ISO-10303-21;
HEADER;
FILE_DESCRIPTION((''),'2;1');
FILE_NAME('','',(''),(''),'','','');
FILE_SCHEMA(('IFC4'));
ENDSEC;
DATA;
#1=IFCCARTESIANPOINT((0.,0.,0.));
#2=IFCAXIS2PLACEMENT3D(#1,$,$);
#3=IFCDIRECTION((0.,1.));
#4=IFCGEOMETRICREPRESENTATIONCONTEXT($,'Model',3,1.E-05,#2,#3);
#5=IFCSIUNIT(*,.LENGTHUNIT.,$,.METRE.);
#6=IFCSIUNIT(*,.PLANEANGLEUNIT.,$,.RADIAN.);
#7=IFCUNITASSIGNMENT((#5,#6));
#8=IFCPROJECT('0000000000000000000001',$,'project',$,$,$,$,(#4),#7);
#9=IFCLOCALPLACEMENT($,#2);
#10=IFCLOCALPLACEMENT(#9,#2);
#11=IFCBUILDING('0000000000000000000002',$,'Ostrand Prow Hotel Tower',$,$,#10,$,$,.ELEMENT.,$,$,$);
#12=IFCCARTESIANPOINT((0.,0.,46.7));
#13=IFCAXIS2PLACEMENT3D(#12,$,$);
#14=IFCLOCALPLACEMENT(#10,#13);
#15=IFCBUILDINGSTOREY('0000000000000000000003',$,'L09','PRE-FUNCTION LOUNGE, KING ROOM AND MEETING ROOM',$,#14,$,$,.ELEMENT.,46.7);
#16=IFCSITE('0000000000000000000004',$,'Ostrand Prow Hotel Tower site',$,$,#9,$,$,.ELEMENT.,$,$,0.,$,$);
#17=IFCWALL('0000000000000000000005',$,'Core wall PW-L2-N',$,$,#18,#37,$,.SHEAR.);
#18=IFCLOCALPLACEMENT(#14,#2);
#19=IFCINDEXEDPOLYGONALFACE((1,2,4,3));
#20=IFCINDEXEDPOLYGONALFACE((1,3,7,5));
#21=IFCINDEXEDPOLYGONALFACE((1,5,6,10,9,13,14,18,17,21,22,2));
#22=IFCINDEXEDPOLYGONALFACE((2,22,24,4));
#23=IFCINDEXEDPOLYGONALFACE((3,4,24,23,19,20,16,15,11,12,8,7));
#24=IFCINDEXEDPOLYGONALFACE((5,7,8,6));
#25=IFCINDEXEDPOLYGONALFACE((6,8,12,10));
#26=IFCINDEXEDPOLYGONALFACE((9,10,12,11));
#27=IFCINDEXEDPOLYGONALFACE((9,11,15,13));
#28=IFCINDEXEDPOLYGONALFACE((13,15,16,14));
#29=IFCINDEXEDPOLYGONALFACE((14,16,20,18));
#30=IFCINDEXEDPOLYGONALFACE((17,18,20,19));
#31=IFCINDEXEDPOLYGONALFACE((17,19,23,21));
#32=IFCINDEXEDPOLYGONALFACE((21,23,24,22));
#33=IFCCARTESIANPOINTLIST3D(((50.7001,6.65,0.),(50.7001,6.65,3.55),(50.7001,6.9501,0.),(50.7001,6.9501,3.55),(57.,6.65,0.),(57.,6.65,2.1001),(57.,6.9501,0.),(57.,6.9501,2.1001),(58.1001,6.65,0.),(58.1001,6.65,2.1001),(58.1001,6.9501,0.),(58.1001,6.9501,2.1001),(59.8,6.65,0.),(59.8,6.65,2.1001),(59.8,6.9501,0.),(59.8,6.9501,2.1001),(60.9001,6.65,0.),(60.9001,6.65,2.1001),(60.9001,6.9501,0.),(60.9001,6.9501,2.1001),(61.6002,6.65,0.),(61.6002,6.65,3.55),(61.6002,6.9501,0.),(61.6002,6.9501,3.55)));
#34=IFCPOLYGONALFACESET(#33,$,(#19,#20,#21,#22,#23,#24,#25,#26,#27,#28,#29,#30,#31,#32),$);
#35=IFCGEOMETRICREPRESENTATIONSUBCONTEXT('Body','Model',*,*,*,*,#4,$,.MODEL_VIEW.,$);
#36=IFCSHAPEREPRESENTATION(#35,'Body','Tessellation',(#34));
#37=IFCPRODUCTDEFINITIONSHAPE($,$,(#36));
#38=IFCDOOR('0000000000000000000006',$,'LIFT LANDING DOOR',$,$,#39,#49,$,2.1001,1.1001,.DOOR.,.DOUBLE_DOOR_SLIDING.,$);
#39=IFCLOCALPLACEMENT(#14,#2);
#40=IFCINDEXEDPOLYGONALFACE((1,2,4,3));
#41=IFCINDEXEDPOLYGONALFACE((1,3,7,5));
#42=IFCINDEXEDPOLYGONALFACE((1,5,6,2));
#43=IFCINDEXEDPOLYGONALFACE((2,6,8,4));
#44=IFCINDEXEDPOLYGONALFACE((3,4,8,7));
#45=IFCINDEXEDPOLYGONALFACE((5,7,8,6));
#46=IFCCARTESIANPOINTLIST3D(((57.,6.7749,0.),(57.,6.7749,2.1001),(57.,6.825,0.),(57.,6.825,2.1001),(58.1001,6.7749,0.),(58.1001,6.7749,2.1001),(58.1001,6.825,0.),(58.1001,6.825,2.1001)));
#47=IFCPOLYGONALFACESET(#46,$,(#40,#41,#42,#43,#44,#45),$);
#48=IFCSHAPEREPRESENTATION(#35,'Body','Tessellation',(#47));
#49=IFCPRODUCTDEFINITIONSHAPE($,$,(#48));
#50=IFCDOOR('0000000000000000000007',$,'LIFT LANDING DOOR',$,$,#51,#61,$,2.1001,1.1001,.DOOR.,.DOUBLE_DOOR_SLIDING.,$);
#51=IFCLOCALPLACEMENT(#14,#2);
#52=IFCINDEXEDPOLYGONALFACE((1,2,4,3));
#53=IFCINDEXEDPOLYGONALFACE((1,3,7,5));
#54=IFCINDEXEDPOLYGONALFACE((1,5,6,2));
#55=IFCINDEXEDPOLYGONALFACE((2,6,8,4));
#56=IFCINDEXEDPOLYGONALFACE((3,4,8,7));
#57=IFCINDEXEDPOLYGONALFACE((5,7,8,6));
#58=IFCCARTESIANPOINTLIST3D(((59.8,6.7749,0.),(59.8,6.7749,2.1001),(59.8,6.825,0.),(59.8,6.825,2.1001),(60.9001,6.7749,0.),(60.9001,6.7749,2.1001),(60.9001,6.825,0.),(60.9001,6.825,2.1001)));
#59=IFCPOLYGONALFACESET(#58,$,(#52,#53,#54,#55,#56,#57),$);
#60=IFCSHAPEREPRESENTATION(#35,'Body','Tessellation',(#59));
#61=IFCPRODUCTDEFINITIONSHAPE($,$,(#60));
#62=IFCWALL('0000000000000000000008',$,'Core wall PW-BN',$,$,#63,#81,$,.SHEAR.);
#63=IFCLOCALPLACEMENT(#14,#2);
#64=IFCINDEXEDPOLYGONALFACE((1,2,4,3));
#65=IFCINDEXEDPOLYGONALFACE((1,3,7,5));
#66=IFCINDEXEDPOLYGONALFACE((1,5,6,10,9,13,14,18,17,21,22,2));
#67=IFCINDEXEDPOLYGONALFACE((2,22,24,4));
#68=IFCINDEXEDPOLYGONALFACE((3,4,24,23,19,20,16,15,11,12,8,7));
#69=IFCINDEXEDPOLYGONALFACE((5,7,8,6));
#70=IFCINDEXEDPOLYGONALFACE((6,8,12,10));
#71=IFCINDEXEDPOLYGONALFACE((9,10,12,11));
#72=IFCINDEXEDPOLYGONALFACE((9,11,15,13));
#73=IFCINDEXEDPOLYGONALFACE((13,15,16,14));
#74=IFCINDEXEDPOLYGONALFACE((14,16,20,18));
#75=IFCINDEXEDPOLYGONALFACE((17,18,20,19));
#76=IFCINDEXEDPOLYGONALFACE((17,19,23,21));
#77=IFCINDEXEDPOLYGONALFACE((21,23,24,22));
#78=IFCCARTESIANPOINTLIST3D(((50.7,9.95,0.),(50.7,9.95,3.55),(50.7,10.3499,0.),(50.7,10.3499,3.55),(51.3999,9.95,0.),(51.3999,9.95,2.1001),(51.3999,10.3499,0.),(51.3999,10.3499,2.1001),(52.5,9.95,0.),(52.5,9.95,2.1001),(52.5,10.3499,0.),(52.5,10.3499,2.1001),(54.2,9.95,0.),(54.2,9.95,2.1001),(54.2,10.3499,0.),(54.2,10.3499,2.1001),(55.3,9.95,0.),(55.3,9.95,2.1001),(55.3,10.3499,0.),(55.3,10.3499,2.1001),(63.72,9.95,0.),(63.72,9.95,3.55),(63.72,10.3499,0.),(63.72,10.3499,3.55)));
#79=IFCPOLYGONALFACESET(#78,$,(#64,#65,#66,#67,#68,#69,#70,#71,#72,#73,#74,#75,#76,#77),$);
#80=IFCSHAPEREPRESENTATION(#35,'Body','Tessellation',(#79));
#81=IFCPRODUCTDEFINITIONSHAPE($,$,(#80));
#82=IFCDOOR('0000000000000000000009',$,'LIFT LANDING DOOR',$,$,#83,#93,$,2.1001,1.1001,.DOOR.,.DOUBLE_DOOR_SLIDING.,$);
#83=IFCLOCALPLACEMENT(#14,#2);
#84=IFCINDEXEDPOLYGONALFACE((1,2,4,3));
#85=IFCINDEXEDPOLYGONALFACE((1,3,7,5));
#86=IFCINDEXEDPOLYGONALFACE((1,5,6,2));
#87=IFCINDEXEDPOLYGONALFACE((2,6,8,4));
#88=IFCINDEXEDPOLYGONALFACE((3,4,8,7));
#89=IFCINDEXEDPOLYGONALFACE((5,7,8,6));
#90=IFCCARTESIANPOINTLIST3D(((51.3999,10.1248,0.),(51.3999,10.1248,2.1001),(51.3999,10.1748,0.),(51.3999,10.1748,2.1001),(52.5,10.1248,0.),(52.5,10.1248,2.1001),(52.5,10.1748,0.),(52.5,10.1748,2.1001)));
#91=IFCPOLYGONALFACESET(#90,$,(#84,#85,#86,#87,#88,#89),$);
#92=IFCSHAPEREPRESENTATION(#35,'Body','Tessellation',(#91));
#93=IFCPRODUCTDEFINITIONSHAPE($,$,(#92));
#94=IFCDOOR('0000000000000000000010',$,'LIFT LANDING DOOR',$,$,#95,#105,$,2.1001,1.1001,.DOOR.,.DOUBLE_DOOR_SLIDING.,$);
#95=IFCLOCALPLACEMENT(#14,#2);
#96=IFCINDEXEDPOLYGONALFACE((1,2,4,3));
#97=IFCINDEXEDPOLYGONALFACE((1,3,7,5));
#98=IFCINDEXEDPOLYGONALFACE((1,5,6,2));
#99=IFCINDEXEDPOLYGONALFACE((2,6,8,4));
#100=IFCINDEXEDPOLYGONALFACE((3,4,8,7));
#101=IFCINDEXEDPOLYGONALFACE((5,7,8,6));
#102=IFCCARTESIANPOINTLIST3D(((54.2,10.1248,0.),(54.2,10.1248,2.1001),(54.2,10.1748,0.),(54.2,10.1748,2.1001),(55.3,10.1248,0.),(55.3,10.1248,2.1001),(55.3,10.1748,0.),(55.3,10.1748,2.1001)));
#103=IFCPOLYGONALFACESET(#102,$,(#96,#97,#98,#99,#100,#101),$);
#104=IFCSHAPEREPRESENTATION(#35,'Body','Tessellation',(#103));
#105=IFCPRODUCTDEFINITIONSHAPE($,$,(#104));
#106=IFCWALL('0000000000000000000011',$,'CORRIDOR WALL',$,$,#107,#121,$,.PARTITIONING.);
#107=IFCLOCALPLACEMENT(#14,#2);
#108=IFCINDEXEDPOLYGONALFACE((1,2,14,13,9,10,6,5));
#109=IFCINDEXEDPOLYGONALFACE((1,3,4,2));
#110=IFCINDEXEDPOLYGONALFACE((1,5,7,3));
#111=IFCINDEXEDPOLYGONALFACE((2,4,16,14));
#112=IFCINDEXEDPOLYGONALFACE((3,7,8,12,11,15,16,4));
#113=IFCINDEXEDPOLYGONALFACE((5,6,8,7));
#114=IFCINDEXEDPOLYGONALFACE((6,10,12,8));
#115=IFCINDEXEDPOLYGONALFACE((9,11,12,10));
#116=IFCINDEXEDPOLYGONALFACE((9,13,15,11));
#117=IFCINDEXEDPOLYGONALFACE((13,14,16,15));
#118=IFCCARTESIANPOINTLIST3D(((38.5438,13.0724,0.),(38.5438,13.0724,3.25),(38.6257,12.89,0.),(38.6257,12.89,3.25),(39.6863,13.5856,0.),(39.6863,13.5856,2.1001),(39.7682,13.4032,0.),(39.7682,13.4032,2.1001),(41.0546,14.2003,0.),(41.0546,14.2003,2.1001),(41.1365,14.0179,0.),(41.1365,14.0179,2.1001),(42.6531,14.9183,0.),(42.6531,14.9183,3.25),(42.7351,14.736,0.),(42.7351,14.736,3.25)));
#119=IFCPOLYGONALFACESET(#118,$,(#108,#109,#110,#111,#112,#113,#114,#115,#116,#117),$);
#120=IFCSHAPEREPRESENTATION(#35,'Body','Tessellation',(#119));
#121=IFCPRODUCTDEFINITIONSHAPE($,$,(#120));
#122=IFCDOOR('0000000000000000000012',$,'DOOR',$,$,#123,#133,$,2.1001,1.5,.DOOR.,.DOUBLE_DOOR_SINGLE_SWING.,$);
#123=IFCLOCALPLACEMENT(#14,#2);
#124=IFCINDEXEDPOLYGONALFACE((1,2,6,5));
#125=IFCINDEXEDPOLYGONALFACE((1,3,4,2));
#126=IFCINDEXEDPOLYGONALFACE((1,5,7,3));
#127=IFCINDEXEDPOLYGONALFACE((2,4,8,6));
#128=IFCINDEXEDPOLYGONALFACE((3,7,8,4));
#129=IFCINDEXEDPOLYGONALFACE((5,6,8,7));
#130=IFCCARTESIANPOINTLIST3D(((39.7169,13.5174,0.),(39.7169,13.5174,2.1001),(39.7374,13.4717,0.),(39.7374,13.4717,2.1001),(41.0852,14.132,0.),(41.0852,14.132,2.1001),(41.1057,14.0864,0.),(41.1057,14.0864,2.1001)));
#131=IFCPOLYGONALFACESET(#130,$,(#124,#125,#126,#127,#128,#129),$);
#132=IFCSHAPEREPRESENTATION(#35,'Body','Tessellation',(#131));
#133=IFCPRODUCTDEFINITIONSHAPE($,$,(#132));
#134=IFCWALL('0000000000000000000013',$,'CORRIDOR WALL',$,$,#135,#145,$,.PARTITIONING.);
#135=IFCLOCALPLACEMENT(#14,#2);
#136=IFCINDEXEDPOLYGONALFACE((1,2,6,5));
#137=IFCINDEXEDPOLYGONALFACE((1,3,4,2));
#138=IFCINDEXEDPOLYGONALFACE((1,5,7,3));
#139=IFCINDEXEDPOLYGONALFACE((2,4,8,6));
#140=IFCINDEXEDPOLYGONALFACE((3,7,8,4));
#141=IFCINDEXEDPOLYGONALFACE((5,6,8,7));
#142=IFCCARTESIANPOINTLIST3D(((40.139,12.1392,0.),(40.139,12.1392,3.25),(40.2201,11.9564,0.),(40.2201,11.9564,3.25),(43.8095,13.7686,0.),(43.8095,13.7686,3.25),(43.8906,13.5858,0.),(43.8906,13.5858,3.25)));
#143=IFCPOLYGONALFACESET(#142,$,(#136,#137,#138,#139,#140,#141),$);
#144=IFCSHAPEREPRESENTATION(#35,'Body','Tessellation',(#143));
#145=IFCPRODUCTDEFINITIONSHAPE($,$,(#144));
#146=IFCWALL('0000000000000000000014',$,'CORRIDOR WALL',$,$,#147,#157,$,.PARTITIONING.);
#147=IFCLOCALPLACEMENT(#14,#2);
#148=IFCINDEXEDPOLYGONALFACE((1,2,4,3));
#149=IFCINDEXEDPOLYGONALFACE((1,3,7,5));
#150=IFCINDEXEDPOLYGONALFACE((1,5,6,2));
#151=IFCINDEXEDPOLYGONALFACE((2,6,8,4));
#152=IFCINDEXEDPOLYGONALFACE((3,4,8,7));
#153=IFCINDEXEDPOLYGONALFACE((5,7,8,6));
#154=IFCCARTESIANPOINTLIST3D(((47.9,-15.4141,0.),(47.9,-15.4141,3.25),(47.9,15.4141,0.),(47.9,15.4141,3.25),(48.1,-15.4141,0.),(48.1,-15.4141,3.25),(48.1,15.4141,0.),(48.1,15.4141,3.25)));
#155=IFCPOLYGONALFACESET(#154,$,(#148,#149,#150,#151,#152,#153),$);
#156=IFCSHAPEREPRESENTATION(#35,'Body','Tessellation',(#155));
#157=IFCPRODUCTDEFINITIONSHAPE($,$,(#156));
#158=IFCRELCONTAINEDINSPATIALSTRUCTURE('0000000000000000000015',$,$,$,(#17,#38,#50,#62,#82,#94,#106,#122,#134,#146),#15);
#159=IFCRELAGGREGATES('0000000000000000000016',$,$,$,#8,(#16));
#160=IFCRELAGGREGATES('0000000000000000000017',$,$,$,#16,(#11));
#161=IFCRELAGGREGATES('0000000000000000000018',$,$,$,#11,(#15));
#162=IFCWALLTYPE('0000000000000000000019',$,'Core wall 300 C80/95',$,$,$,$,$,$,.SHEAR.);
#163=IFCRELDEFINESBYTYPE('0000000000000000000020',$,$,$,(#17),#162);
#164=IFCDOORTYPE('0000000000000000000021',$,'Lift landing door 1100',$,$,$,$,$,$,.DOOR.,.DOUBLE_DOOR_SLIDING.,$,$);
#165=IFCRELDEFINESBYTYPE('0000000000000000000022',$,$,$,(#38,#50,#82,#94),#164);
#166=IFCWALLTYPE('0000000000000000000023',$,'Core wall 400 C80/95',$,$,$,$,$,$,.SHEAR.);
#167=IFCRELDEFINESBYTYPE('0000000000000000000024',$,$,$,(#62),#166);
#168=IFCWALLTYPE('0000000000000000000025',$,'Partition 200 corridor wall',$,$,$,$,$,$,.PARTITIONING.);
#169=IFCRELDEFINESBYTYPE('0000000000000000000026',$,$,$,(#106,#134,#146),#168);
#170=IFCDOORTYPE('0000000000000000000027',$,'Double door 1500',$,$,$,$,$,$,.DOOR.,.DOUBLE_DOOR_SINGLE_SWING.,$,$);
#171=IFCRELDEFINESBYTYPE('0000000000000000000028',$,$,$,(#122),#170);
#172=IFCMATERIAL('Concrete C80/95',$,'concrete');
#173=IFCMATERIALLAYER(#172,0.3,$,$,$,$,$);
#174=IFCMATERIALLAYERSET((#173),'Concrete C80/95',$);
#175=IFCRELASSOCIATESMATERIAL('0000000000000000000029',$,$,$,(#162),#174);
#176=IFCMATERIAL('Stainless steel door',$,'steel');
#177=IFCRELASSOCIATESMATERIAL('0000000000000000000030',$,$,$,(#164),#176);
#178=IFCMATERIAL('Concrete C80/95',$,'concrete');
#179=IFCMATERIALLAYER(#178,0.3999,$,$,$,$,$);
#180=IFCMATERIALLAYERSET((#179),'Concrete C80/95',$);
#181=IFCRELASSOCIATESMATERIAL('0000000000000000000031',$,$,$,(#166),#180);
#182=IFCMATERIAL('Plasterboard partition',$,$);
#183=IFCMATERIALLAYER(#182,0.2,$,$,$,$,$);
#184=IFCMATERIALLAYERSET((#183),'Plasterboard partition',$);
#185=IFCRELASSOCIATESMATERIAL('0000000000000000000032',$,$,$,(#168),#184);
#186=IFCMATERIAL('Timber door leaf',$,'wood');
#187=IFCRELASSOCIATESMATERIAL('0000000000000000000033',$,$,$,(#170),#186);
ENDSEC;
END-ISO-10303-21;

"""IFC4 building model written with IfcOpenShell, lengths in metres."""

from ifc_helpers import new_model, si_unit, direction, frame, frame_2d, origin, place, context, subcontext, project, spatial, rectangle, extrude, material, layer, layer_set, type_object, element, fill, save


model = new_model("IFC4")

# Units and contexts
model_context = context("Model", 3, precision=1e-05, world=origin(), true_north=direction((0.0, 1.0)))
body_context = subcontext(model_context, "Body", "Model", "MODEL_VIEW")
ifc_project = project(units=[si_unit("LENGTHUNIT", "METRE"), si_unit("PLANEANGLEUNIT", "RADIAN")], contexts=[model_context])

# Site, building, storey
site_placement = place(None, origin())
site = spatial("IfcSite", under=ifc_project, at=site_placement, Name="Ostrand Prow Hotel Tower site", CompositionType="ELEMENT", RefElevation=0.0)
building_placement = place(site_placement, origin())
building = spatial("IfcBuilding", under=site, at=building_placement, Name="Ostrand Prow Hotel Tower", CompositionType="ELEMENT")
storey_placement = place(building_placement, frame((0.0, 0.0, 46.7)))
storey = spatial("IfcBuildingStorey", under=building, at=storey_placement, Name="L09", Description="PRE-FUNCTION LOUNGE, KING ROOM AND MEETING ROOM", CompositionType="ELEMENT", Elevation=46.7)

# Walls, openings, doors
ifc_material_1 = material(Name="Concrete C80/95", Category="concrete")
ifc_layer_1 = layer(ifc_material_1, 0.3)
ifc_layer_set_1 = layer_set([ifc_layer_1], Name="Concrete C80/95")
wall_type_1 = type_object("IfcWallType", Name="Core wall 300 C80/95", PredefinedType="SHEAR", material=ifc_layer_set_1)
wall_1_placement = place(storey_placement, frame((50.7, 6.8, 0.0), z_axis=(0.0, 0.0, 1.0), x_axis=(1.0, 0.0, 0.0)))
wall_1 = element("IfcWall", 1, at=wall_1_placement, inside=storey, type_object=wall_type_1, Name="Core wall PW-L2-N", PredefinedType="SHEAR", context=body_context, shape_type="SweptSolid", body=[
    extrude(rectangle(XDim=10.9001, YDim=0.3, at=frame_2d((5.4502, 0.0))), origin(), (0.0, 0.0, 1.0), 3.55),
])
opening_1_placement = place(wall_1_placement, frame((6.3, 0.0, 0.0)))
opening_1 = element("IfcOpeningElement", 2, at=opening_1_placement, cuts=wall_1, PredefinedType="OPENING", context=body_context, shape_type="SweptSolid", body=[
    extrude(rectangle(XDim=1.1001, YDim=2.1001, at=frame_2d((0.55, 1.05))), frame((0.0, 0.1599, 0.0), z_axis=(0.0, -1.0, 0.0), x_axis=(1.0, 0.0, 0.0)), (0.0, 0.0, 1.0), 0.3201),
])
opening_2_placement = place(wall_1_placement, frame((9.1001, 0.0, 0.0)))
opening_2 = element("IfcOpeningElement", 3, at=opening_2_placement, cuts=wall_1, PredefinedType="OPENING", context=body_context, shape_type="SweptSolid", body=[
    extrude(rectangle(XDim=1.1001, YDim=2.1001, at=frame_2d((0.55, 1.05))), frame((0.0, 0.1599, 0.0), z_axis=(0.0, -1.0, 0.0), x_axis=(1.0, 0.0, 0.0)), (0.0, 0.0, 1.0), 0.3201),
])
ifc_material_2 = material(Name="Stainless steel door", Category="steel")
door_type_1 = type_object("IfcDoorType", Name="Lift landing door 1100", OperationType="DOUBLE_DOOR_SLIDING", PredefinedType="DOOR", material=ifc_material_2)
door_1_placement = place(opening_1_placement, origin())
door_1 = element("IfcDoor", 4, at=door_1_placement, inside=storey, type_object=door_type_1, Name="LIFT LANDING DOOR", OperationType="DOUBLE_DOOR_SLIDING", OverallHeight=2.1001, OverallWidth=1.1001, PredefinedType="DOOR", context=body_context, shape_type="SweptSolid", body=[
    extrude(rectangle(XDim=1.1001, YDim=2.1001, at=frame_2d((0.55, 1.05))), frame((0.0, 0.0249, 0.0), z_axis=(0.0, -1.0, 0.0), x_axis=(1.0, 0.0, 0.0)), (0.0, 0.0, 1.0), 0.05),
])
fill(opening_1, door_1)
door_2_placement = place(opening_2_placement, origin())
door_2 = element("IfcDoor", 5, at=door_2_placement, inside=storey, type_object=door_type_1, Name="LIFT LANDING DOOR", OperationType="DOUBLE_DOOR_SLIDING", OverallHeight=2.1001, OverallWidth=1.1001, PredefinedType="DOOR", context=body_context, shape_type="SweptSolid", body=[
    extrude(rectangle(XDim=1.1001, YDim=2.1001, at=frame_2d((0.55, 1.05))), frame((0.0, 0.0249, 0.0), z_axis=(0.0, -1.0, 0.0), x_axis=(1.0, 0.0, 0.0)), (0.0, 0.0, 1.0), 0.05),
])
fill(opening_2, door_2)
ifc_material_3 = material(Name="Concrete C80/95", Category="concrete")
ifc_layer_2 = layer(ifc_material_3, 0.3999)
ifc_layer_set_2 = layer_set([ifc_layer_2], Name="Concrete C80/95")
wall_type_2 = type_object("IfcWallType", Name="Core wall 400 C80/95", PredefinedType="SHEAR", material=ifc_layer_set_2)
wall_2_placement = place(storey_placement, frame((50.7, 10.1499, 0.0), z_axis=(0.0, 0.0, 1.0), x_axis=(1.0, 0.0, 0.0)))
wall_2 = element("IfcWall", 6, at=wall_2_placement, inside=storey, type_object=wall_type_2, Name="Core wall PW-BN", PredefinedType="SHEAR", context=body_context, shape_type="SweptSolid", body=[
    extrude(rectangle(XDim=13.02, YDim=0.3999, at=frame_2d((6.51, 0.0))), origin(), (0.0, 0.0, 1.0), 3.55),
])
opening_3_placement = place(wall_2_placement, frame((0.7, 0.0, 0.0)))
opening_3 = element("IfcOpeningElement", 7, at=opening_3_placement, cuts=wall_2, PredefinedType="OPENING", context=body_context, shape_type="SweptSolid", body=[
    extrude(rectangle(XDim=1.1001, YDim=2.1001, at=frame_2d((0.55, 1.05))), frame((0.0, 0.21, 0.0), z_axis=(0.0, -1.0, 0.0), x_axis=(1.0, 0.0, 0.0)), (0.0, 0.0, 1.0), 0.4199),
])
opening_4_placement = place(wall_2_placement, frame((3.5, 0.0, 0.0)))
opening_4 = element("IfcOpeningElement", 8, at=opening_4_placement, cuts=wall_2, PredefinedType="OPENING", context=body_context, shape_type="SweptSolid", body=[
    extrude(rectangle(XDim=1.1001, YDim=2.1001, at=frame_2d((0.55, 1.05))), frame((0.0, 0.21, 0.0), z_axis=(0.0, -1.0, 0.0), x_axis=(1.0, 0.0, 0.0)), (0.0, 0.0, 1.0), 0.4199),
])
door_3_placement = place(opening_3_placement, origin())
door_3 = element("IfcDoor", 9, at=door_3_placement, inside=storey, type_object=door_type_1, Name="LIFT LANDING DOOR", OperationType="DOUBLE_DOOR_SLIDING", OverallHeight=2.1001, OverallWidth=1.1001, PredefinedType="DOOR", context=body_context, shape_type="SweptSolid", body=[
    extrude(rectangle(XDim=1.1001, YDim=2.1001, at=frame_2d((0.55, 1.05))), frame((0.0, 0.0249, 0.0), z_axis=(0.0, -1.0, 0.0), x_axis=(1.0, 0.0, 0.0)), (0.0, 0.0, 1.0), 0.05),
])
fill(opening_3, door_3)
door_4_placement = place(opening_4_placement, origin())
door_4 = element("IfcDoor", 10, at=door_4_placement, inside=storey, type_object=door_type_1, Name="LIFT LANDING DOOR", OperationType="DOUBLE_DOOR_SLIDING", OverallHeight=2.1001, OverallWidth=1.1001, PredefinedType="DOOR", context=body_context, shape_type="SweptSolid", body=[
    extrude(rectangle(XDim=1.1001, YDim=2.1001, at=frame_2d((0.55, 1.05))), frame((0.0, 0.0249, 0.0), z_axis=(0.0, -1.0, 0.0), x_axis=(1.0, 0.0, 0.0)), (0.0, 0.0, 1.0), 0.05),
])
fill(opening_4, door_4)

# Wall, opening, door
ifc_material_4 = material(Name="Plasterboard partition")
ifc_layer_3 = layer(ifc_material_4, 0.2)
ifc_layer_set_3 = layer_set([ifc_layer_3], Name="Plasterboard partition")
wall_type_3 = type_object("IfcWallType", Name="Partition 200 corridor wall", PredefinedType="PARTITIONING", material=ifc_layer_set_3)
wall_3_placement = place(storey_placement, frame((42.6941, 14.8271, 0.0), z_axis=(0.0, 0.0, 1.0), x_axis=(-0.912193, -0.409761, 0.0)))
wall_3 = element("IfcWall", 11, at=wall_3_placement, inside=storey, type_object=wall_type_3, Name="CORRIDOR WALL", PredefinedType="PARTITIONING", context=body_context, shape_type="SweptSolid", body=[
    extrude(rectangle(XDim=4.5049, YDim=0.2, at=frame_2d((2.2524, 0.0))), origin(), (0.0, 0.0, 1.0), 3.25),
])
opening_5_placement = place(wall_3_placement, frame((1.7524, 0.0, 0.0)))
opening_5 = element("IfcOpeningElement", 12, at=opening_5_placement, cuts=wall_3, PredefinedType="OPENING", context=body_context, shape_type="SweptSolid", body=[
    extrude(rectangle(XDim=1.5, YDim=2.1001, at=frame_2d((0.75, 1.05))), frame((0.0, 0.1099, 0.0), z_axis=(0.0, -1.0, 0.0), x_axis=(1.0, 0.0, 0.0)), (0.0, 0.0, 1.0), 0.22),
])
ifc_material_5 = material(Name="Timber door leaf", Category="wood")
door_type_2 = type_object("IfcDoorType", Name="Double door 1500", OperationType="DOUBLE_DOOR_SINGLE_SWING", PredefinedType="DOOR", material=ifc_material_5)
door_5_placement = place(opening_5_placement, origin())
door_5 = element("IfcDoor", 13, at=door_5_placement, inside=storey, type_object=door_type_2, Name="DOOR", OperationType="DOUBLE_DOOR_SINGLE_SWING", OverallHeight=2.1001, OverallWidth=1.5, PredefinedType="DOOR", context=body_context, shape_type="SweptSolid", body=[
    extrude(rectangle(XDim=1.5, YDim=2.1001, at=frame_2d((0.75, 1.05))), frame((0.0, 0.0249, 0.0), z_axis=(0.0, -1.0, 0.0), x_axis=(1.0, 0.0, 0.0)), (0.0, 0.0, 1.0), 0.05),
])
fill(opening_5, door_5)

# Walls
wall_4_placement = place(storey_placement, frame((40.1797, 12.0479, 0.0), z_axis=(0.0, 0.0, 1.0), x_axis=(0.913987, 0.405744, 0.0)))
element("IfcWall", 14, at=wall_4_placement, inside=storey, type_object=wall_type_3, Name="CORRIDOR WALL", PredefinedType="PARTITIONING", context=body_context, shape_type="SweptSolid", body=[
    extrude(rectangle(XDim=4.0159, YDim=0.2, at=frame_2d((2.0078, 0.0))), origin(), (0.0, 0.0, 1.0), 3.25),
])
wall_5_placement = place(storey_placement, frame((48.0, 15.4141, 0.0), z_axis=(0.0, 0.0, 1.0), x_axis=(0.0, -1.0, 0.0)))
element("IfcWall", 15, at=wall_5_placement, inside=storey, type_object=wall_type_3, Name="CORRIDOR WALL", PredefinedType="PARTITIONING", context=body_context, shape_type="SweptSolid", body=[
    extrude(rectangle(XDim=30.8281, YDim=0.2, at=frame_2d((15.4141, 0.0))), origin(), (0.0, 0.0, 1.0), 3.25),
])

save(model, "model.ifc")
